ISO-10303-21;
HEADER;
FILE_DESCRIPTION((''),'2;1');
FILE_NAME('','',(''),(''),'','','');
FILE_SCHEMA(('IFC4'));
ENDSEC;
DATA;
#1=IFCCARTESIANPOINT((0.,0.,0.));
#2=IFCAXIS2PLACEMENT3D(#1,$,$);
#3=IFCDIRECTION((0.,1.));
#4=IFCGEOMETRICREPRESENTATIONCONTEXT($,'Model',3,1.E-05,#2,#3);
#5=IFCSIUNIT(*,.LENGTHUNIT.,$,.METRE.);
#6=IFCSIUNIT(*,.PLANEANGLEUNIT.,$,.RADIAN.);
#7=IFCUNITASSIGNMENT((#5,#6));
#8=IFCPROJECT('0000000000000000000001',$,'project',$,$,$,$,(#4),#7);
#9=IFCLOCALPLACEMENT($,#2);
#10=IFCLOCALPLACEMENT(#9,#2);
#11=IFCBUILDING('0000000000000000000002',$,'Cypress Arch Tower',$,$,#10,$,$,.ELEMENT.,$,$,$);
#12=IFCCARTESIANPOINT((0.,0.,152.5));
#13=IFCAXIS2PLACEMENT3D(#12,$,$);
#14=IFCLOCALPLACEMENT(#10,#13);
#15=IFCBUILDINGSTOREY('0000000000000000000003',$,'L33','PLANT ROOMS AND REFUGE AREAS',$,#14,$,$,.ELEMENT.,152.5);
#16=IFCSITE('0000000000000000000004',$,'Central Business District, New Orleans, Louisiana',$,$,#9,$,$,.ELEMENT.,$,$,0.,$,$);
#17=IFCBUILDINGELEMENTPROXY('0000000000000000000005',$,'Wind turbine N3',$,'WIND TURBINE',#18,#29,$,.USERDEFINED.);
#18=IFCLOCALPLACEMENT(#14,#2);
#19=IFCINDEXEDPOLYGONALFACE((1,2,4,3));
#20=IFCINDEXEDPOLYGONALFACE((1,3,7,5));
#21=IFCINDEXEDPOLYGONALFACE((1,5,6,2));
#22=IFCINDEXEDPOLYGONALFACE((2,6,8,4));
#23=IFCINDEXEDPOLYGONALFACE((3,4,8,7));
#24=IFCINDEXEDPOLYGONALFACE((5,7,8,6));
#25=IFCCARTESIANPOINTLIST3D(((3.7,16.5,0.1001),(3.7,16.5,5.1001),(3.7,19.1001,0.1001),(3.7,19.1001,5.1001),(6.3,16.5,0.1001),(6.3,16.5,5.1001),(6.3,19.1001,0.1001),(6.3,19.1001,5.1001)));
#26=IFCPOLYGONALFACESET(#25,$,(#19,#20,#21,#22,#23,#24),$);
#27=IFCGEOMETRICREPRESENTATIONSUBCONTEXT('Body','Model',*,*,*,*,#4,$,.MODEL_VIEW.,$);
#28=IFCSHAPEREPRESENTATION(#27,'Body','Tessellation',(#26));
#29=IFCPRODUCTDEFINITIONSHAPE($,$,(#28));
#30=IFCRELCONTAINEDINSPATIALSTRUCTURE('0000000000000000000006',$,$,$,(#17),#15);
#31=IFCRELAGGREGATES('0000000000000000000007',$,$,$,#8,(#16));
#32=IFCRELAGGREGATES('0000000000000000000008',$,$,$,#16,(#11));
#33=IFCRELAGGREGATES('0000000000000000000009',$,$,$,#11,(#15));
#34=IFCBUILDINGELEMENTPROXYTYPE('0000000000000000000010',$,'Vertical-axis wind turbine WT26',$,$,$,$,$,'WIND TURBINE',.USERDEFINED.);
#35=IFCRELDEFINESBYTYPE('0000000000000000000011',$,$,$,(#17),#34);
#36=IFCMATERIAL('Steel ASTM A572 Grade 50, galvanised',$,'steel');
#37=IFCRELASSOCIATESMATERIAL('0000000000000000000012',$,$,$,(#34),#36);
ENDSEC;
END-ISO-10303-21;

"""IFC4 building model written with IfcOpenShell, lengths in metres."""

from ifc_helpers import new_model, si_unit, direction, frame, origin, origin_2d, place, context, subcontext, project, spatial, rectangle, extrude, material, type_object, element, save


model = new_model("IFC4")

# Units and contexts
model_context = context("Model", 3, precision=1e-05, world=origin(), true_north=direction((0.0, 1.0)))
body_context = subcontext(model_context, "Body", "Model", "MODEL_VIEW")
ifc_project = project(units=[si_unit("LENGTHUNIT", "METRE"), si_unit("PLANEANGLEUNIT", "RADIAN")], contexts=[model_context])

# Site, building, storey
site_placement = place(None, origin())
site = spatial("IfcSite", under=ifc_project, at=site_placement, Name="Central Business District, New Orleans, Louisiana", CompositionType="ELEMENT", RefElevation=0.0)
building_placement = place(site_placement, origin())
building = spatial("IfcBuilding", under=site, at=building_placement, Name="Cypress Arch Tower", CompositionType="ELEMENT")
storey_placement = place(building_placement, frame((0.0, 0.0, 152.5)))
storey = spatial("IfcBuildingStorey", under=building, at=storey_placement, Name="L33", Description="PLANT ROOMS AND REFUGE AREAS", CompositionType="ELEMENT", Elevation=152.5)

# Building element proxy
ifc_material_1 = material(Name="Steel ASTM A572 Grade 50, galvanised", Category="steel")
building_element_proxy_type = type_object("IfcBuildingElementProxyType", Name="Vertical-axis wind turbine WT26", ElementType="WIND TURBINE", PredefinedType="USERDEFINED", material=ifc_material_1)
for number, where, z_axis, x_axis, name in (
    (1, (5.0, 17.8, 0.1001), (0.0, 0.0, 1.0), (1.0, 0.0, 0.0), "Wind turbine N3"),
):
    element("IfcBuildingElementProxy", number, at=place(storey_placement, frame(where, z_axis=z_axis, x_axis=x_axis)), inside=storey, type_object=building_element_proxy_type, Name=name, ObjectType="WIND TURBINE", PredefinedType="USERDEFINED", context=body_context, shape_type="SweptSolid", body=[
        extrude(rectangle(XDim=2.6001, YDim=2.6001, at=origin_2d()), origin(), (0.0, 0.0, 1.0), 5.0),
    ])

save(model, "model.ifc")
